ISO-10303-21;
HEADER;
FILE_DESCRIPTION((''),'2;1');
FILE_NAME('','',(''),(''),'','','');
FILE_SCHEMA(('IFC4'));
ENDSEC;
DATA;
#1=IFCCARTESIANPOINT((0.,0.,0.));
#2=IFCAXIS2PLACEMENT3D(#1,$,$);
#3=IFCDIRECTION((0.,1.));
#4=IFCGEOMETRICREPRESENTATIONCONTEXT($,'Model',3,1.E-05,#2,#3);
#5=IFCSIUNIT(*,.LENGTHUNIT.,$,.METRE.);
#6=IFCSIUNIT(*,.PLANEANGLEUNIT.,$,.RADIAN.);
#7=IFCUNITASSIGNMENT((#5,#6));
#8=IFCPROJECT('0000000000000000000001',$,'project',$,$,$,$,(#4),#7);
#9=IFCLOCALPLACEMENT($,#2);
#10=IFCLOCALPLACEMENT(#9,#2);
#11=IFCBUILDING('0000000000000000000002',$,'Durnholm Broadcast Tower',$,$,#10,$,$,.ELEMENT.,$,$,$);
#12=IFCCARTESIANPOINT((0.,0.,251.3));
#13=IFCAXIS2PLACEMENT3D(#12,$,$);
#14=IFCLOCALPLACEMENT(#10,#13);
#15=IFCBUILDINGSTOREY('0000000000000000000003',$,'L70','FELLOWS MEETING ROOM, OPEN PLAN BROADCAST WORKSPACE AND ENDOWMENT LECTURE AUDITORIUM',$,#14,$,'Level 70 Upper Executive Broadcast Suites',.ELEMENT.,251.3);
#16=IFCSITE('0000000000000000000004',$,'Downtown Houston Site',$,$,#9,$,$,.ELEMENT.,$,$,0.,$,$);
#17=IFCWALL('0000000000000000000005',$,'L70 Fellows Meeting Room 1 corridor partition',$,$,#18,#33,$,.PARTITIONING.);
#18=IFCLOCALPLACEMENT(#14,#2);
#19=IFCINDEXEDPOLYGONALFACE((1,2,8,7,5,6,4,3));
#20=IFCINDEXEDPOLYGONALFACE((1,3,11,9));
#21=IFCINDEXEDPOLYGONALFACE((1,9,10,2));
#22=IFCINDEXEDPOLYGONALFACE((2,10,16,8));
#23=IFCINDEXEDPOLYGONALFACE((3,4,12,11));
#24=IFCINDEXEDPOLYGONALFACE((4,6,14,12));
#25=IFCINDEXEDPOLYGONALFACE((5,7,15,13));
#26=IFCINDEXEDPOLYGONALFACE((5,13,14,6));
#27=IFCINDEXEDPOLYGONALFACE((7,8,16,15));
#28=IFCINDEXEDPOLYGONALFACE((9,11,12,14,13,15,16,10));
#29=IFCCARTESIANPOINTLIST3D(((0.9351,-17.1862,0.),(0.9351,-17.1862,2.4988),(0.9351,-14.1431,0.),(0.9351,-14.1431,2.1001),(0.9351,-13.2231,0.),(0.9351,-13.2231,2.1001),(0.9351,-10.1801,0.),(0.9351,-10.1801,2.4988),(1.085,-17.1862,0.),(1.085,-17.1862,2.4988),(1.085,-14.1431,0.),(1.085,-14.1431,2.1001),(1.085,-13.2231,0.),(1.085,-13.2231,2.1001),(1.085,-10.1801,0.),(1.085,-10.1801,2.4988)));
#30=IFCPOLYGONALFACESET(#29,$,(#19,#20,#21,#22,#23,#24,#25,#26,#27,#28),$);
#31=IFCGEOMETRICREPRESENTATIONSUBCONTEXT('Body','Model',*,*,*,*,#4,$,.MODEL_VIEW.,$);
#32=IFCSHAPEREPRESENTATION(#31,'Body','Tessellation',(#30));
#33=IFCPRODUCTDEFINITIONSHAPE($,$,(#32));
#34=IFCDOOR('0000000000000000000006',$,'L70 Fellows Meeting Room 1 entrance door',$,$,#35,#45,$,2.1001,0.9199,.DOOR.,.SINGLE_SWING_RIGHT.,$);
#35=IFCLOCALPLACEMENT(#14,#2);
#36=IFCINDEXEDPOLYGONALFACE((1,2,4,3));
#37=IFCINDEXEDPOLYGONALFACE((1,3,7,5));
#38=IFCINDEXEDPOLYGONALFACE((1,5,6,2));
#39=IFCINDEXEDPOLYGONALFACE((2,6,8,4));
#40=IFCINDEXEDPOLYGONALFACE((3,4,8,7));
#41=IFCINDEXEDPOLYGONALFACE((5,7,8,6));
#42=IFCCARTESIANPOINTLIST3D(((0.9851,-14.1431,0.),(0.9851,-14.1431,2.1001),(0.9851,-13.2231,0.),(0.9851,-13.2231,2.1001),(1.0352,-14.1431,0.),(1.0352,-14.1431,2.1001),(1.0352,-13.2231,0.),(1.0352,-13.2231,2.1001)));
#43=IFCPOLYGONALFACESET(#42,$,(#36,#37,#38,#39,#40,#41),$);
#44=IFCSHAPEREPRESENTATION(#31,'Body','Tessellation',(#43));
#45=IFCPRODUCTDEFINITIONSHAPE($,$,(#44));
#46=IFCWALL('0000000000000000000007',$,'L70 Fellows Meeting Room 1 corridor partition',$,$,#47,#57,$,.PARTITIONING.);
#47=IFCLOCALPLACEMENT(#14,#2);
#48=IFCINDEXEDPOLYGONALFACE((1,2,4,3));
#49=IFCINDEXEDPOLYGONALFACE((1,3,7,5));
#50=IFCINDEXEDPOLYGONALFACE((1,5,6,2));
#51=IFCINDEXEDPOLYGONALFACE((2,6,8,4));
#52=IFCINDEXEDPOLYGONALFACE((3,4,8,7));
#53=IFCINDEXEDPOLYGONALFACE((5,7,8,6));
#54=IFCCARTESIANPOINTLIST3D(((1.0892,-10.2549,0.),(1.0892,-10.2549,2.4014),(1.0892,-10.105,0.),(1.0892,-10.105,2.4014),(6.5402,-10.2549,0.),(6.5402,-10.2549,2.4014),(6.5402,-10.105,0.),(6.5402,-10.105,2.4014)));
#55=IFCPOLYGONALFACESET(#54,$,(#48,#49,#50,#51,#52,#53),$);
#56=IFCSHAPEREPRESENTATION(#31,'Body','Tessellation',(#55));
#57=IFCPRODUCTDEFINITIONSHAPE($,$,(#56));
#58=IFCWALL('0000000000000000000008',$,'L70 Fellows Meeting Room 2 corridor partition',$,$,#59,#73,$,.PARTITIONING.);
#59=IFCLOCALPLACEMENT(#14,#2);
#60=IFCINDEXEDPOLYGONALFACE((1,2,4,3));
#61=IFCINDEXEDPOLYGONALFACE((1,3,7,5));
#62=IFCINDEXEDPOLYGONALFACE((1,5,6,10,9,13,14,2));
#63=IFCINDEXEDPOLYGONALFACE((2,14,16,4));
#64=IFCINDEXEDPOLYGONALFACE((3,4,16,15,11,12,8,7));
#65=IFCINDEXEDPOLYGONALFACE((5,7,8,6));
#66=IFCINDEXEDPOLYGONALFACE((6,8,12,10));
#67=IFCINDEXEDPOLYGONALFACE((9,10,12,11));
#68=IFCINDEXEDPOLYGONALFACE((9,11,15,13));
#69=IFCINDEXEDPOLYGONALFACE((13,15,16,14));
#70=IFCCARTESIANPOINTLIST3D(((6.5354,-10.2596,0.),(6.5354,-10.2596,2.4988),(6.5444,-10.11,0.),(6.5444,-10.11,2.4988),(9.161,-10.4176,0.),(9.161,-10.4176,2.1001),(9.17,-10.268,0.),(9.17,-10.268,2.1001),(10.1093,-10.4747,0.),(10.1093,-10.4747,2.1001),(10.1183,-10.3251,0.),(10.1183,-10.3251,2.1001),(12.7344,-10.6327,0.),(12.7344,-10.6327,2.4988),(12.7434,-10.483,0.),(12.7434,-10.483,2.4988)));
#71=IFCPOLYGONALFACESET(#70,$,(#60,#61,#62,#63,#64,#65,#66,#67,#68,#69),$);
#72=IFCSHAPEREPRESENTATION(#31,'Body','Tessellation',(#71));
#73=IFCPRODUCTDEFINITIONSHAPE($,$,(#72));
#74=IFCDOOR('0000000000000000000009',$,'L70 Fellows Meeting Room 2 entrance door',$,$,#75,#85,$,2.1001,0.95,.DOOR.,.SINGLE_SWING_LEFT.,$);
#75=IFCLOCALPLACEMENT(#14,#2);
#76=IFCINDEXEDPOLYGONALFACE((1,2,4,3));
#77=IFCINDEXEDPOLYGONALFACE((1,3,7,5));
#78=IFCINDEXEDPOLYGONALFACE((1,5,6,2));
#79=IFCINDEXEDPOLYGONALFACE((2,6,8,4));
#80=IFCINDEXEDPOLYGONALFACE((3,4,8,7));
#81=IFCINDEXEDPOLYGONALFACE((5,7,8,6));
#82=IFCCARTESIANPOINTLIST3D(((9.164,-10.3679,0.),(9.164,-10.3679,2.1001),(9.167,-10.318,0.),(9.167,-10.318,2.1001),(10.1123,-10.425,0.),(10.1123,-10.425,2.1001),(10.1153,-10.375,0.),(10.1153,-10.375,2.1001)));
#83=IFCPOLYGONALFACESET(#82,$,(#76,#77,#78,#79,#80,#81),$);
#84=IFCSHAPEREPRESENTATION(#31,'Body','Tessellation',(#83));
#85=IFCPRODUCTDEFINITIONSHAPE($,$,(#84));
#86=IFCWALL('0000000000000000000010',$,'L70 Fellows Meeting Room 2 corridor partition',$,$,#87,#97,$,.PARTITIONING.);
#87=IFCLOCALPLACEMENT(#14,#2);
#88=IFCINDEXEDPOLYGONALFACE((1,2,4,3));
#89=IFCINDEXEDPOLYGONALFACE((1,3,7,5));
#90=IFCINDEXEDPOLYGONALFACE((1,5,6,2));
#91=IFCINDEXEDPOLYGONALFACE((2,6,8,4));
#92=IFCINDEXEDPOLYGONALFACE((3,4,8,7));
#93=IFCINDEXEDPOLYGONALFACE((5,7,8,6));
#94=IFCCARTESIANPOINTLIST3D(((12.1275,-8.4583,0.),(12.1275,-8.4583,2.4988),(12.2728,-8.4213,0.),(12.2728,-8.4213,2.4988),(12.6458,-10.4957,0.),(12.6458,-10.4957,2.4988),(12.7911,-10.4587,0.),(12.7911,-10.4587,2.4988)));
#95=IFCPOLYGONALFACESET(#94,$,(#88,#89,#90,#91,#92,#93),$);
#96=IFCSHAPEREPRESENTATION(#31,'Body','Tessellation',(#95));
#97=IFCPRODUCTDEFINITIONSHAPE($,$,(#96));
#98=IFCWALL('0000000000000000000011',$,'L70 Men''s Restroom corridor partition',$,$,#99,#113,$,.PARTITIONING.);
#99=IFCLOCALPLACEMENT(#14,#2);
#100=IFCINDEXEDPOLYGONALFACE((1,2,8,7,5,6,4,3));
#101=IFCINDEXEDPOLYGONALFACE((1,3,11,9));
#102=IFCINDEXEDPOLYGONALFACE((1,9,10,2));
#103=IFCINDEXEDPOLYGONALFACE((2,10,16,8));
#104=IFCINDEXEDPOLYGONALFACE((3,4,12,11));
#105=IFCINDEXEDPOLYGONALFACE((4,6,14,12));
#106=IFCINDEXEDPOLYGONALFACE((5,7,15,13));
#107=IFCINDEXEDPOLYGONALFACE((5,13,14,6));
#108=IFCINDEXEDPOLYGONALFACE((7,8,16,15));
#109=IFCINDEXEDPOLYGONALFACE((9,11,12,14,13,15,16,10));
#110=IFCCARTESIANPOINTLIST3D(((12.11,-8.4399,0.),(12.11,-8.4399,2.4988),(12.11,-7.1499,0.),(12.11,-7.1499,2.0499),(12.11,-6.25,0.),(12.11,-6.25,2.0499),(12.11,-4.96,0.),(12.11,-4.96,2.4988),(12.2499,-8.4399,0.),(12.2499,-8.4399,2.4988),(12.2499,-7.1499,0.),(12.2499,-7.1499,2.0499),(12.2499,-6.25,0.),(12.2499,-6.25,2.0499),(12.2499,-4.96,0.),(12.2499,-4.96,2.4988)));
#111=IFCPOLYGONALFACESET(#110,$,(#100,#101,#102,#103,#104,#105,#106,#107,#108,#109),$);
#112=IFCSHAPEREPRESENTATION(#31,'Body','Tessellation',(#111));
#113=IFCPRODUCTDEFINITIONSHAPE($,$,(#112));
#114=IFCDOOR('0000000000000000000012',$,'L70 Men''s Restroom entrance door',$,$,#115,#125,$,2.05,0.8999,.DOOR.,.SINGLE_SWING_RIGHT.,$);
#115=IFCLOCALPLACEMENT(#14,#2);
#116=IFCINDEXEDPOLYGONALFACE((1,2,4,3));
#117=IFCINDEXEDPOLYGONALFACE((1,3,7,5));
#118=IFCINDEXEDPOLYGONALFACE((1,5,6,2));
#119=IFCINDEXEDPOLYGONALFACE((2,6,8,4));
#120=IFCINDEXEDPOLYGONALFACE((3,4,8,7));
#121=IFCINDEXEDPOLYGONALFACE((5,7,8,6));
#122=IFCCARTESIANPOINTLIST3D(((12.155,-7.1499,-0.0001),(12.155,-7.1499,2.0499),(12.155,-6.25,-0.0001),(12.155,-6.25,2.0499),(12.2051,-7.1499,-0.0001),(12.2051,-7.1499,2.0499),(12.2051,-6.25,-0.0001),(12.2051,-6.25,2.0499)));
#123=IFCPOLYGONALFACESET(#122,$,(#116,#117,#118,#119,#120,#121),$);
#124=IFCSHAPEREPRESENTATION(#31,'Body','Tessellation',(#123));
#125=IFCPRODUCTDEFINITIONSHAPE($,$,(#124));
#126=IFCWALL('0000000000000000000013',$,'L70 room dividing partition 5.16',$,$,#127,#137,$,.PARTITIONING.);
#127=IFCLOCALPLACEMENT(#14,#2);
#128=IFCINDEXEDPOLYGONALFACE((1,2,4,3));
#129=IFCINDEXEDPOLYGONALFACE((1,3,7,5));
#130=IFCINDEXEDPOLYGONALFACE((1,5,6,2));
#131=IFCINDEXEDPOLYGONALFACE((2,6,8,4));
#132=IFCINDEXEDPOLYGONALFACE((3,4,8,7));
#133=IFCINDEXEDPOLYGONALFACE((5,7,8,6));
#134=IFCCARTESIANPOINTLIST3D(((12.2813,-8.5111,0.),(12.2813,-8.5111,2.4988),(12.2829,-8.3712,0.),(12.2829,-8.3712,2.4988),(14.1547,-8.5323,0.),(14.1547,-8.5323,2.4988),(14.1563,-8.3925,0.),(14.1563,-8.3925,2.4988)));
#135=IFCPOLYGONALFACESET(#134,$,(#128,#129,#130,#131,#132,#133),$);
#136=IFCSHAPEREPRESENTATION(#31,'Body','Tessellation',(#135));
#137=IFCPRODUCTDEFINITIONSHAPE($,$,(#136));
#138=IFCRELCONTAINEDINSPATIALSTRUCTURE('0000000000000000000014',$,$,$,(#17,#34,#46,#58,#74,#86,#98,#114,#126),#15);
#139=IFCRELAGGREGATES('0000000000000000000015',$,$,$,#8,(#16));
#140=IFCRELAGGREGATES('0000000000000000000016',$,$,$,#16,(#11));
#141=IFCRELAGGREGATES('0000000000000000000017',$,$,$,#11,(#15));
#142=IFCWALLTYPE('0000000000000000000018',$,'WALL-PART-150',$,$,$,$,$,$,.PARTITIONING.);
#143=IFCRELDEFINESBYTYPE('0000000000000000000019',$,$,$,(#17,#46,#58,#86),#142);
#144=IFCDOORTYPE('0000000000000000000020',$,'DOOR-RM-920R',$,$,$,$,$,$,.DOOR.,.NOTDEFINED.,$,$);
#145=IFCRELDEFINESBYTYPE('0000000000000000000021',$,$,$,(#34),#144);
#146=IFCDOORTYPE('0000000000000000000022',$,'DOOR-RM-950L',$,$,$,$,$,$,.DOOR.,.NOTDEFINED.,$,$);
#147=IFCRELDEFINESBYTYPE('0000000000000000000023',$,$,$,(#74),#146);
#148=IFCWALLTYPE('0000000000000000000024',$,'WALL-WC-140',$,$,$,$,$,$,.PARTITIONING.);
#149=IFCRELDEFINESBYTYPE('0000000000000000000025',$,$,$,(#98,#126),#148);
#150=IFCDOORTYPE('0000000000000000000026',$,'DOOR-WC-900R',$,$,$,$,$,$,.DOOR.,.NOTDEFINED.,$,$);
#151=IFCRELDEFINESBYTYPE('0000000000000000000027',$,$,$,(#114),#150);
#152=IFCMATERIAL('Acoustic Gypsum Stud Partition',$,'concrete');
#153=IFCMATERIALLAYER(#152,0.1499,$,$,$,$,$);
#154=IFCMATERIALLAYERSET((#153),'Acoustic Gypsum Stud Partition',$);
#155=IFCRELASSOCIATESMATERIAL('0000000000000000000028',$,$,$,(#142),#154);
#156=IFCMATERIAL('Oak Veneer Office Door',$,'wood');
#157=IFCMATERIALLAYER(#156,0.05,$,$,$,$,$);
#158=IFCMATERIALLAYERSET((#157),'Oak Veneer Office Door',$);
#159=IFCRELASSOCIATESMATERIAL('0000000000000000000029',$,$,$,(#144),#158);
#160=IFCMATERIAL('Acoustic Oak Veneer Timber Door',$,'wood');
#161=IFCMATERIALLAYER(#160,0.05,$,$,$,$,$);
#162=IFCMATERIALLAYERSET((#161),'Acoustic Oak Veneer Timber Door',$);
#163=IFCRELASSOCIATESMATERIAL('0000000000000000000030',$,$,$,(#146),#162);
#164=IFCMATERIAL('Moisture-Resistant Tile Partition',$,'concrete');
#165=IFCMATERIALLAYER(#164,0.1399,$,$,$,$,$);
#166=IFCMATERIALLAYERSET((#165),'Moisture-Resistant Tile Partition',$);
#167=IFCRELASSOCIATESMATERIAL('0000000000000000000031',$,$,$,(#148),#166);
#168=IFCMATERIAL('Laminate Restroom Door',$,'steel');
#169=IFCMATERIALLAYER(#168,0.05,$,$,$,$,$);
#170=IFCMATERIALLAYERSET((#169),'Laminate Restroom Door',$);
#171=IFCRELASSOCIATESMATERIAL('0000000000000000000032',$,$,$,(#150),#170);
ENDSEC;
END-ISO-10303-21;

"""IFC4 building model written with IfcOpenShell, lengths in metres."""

from ifc_helpers import new_model, si_unit, direction, frame, frame_2d, origin, place, context, subcontext, project, spatial, rectangle, extrude, source, transform, mapped, material, layer, layer_set, type_object, type_shapes, element, fill, save


model = new_model("IFC4")

# Units and contexts
model_context = context("Model", 3, precision=1e-05, world=origin(), true_north=direction((0.0, 1.0)))
body_context = subcontext(model_context, "Body", "Model", "MODEL_VIEW")
ifc_project = project(units=[si_unit("LENGTHUNIT", "METRE"), si_unit("PLANEANGLEUNIT", "RADIAN")], contexts=[model_context])

# Site, building, storey
site_placement = place(None, origin())
site = spatial("IfcSite", under=ifc_project, at=site_placement, Name="Downtown Houston Site", CompositionType="ELEMENT", RefElevation=0.0)
building_placement = place(site_placement, origin())
building = spatial("IfcBuilding", under=site, at=building_placement, Name="Durnholm Broadcast Tower", CompositionType="ELEMENT")
storey_placement = place(building_placement, frame((0.0, 0.0, 251.3)))
storey = spatial("IfcBuildingStorey", under=building, at=storey_placement, Name="L70", Description="FELLOWS MEETING ROOM, OPEN PLAN BROADCAST WORKSPACE AND ENDOWMENT LECTURE AUDITORIUM", LongName="Level 70 Upper Executive Broadcast Suites", CompositionType="ELEMENT", Elevation=251.3)

# Wall, opening, door
ifc_material_1 = material(Name="Acoustic Gypsum Stud Partition", Category="concrete")
ifc_layer_1 = layer(ifc_material_1, 0.1499)
ifc_layer_set_1 = layer_set([ifc_layer_1], Name="Acoustic Gypsum Stud Partition")
wall_type_1 = type_object("IfcWallType", Name="WALL-PART-150", PredefinedType="PARTITIONING", material=ifc_layer_set_1)
wall_1_placement = place(storey_placement, frame((1.01, -17.186, 0.0), z_axis=(0.0, 0.0, 1.0), x_axis=(0.0, 1.0, 0.0)))
wall_1 = element("IfcWall", 1, at=wall_1_placement, inside=storey, type_object=wall_type_1, Name="L70 Fellows Meeting Room 1 corridor partition", PredefinedType="PARTITIONING", context=body_context, shape_type="SweptSolid", body=[
    extrude(rectangle(XDim=7.0061, YDim=0.1499, at=frame_2d((3.5029, 0.0))), origin(), (0.0, 0.0, 1.0), 2.4988),
])
opening_1_placement = place(wall_1_placement, frame((3.043, 0.0, 0.0)))
opening_1 = element("IfcOpeningElement", 2, at=opening_1_placement, cuts=wall_1, PredefinedType="OPENING", context=body_context, shape_type="SweptSolid", body=[
    extrude(rectangle(XDim=0.9199, YDim=2.1001, at=frame_2d((0.46, 1.05))), frame((0.0, 0.085, 0.0), z_axis=(0.0, -1.0, 0.0), x_axis=(1.0, 0.0, 0.0)), (0.0, 0.0, 1.0), 0.1699),
])
ifc_material_2 = material(Name="Oak Veneer Office Door", Category="wood")
ifc_layer_2 = layer(ifc_material_2, 0.05)
ifc_layer_set_2 = layer_set([ifc_layer_2], Name="Oak Veneer Office Door")
door_type_1 = type_object("IfcDoorType", Name="DOOR-RM-920R", OperationType="NOTDEFINED", PredefinedType="DOOR", material=ifc_layer_set_2)
shared_shape_1 = source(origin(), body_context, "Body", "SweptSolid", [
    extrude(rectangle(XDim=0.9199, YDim=2.1001, at=frame_2d((0.46, 1.05))), frame((0.0, 0.0249, 0.0), z_axis=(0.0, -1.0, 0.0), x_axis=(1.0, 0.0, 0.0)), (0.0, 0.0, 1.0), 0.05),
])
type_shapes(door_type_1, [shared_shape_1])
door_1_placement = place(opening_1_placement, origin())
door_1 = element("IfcDoor", 3, at=door_1_placement, inside=storey, type_object=door_type_1, Name="L70 Fellows Meeting Room 1 entrance door", OperationType="SINGLE_SWING_RIGHT", OverallHeight=2.1001, OverallWidth=0.9199, PredefinedType="DOOR", context=body_context, shape_type="MappedRepresentation", body=[
    mapped(shared_shape_1, transform((0.0, 0.0, 0.0), x_axis=(1.0, 0.0, 0.0), y_axis=(0.0, 1.0, 0.0), z_axis=(0.0, 0.0, 1.0), scale=1.0)),
])
fill(opening_1, door_1)

# Wall
wall_2_placement = place(storey_placement, frame((1.0891, -10.1799, 0.0), z_axis=(0.0, 0.0, 1.0), x_axis=(1.0, 0.0, 0.0)))
element("IfcWall", 4, at=wall_2_placement, inside=storey, type_object=wall_type_1, Name="L70 Fellows Meeting Room 1 corridor partition", PredefinedType="PARTITIONING", context=body_context, shape_type="SweptSolid", body=[
    extrude(rectangle(XDim=5.4509, YDim=0.1499, at=frame_2d((2.7256, 0.0))), origin(), (0.0, 0.0, 1.0), 2.4014),
])

# Wall, opening, door
wall_3_placement = place(storey_placement, frame((6.54, -10.1848, 0.0), z_axis=(0.0, 0.0, 1.0), x_axis=(0.998194, -0.06007, 0.0)))
wall_3 = element("IfcWall", 5, at=wall_3_placement, inside=storey, type_object=wall_type_1, Name="L70 Fellows Meeting Room 2 corridor partition", PredefinedType="PARTITIONING", context=body_context, shape_type="SweptSolid", body=[
    extrude(rectangle(XDim=6.2102, YDim=0.1499, at=frame_2d((3.105, 0.0))), origin(), (0.0, 0.0, 1.0), 2.4988),
])
opening_2_placement = place(wall_3_placement, frame((2.6301, 0.0, 0.0)))
opening_2 = element("IfcOpeningElement", 6, at=opening_2_placement, cuts=wall_3, PredefinedType="OPENING", context=body_context, shape_type="SweptSolid", body=[
    extrude(rectangle(XDim=0.95, YDim=2.1001, at=frame_2d((0.4751, 1.05))), frame((0.0, 0.085, 0.0), z_axis=(0.0, -1.0, 0.0), x_axis=(1.0, 0.0, 0.0)), (0.0, 0.0, 1.0), 0.1699),
])
ifc_material_3 = material(Name="Acoustic Oak Veneer Timber Door", Category="wood")
ifc_layer_3 = layer(ifc_material_3, 0.05)
ifc_layer_set_3 = layer_set([ifc_layer_3], Name="Acoustic Oak Veneer Timber Door")
door_type_2 = type_object("IfcDoorType", Name="DOOR-RM-950L", OperationType="NOTDEFINED", PredefinedType="DOOR", material=ifc_layer_set_3)
shared_shape_2 = source(origin(), body_context, "Body", "SweptSolid", [
    extrude(rectangle(XDim=0.95, YDim=2.1001, at=frame_2d((0.4751, 1.05))), frame((0.0, 0.0249, 0.0), z_axis=(0.0, -1.0, 0.0), x_axis=(1.0, 0.0, 0.0)), (0.0, 0.0, 1.0), 0.05),
])
type_shapes(door_type_2, [shared_shape_2])
door_2_placement = place(opening_2_placement, origin())
door_2 = element("IfcDoor", 7, at=door_2_placement, inside=storey, type_object=door_type_2, Name="L70 Fellows Meeting Room 2 entrance door", OperationType="SINGLE_SWING_LEFT", OverallHeight=2.1001, OverallWidth=0.95, PredefinedType="DOOR", context=body_context, shape_type="MappedRepresentation", body=[
    mapped(shared_shape_2, transform((0.0, 0.0, 0.0), x_axis=(1.0, 0.0, 0.0), y_axis=(0.0, 1.0, 0.0), z_axis=(0.0, 0.0, 1.0), scale=1.0)),
])
fill(opening_2, door_2)

# Wall
wall_4_placement = place(storey_placement, frame((12.7185, -10.4773, 0.0), z_axis=(0.0, 0.0, 1.0), x_axis=(-0.24655, 0.96913, 0.0)))
element("IfcWall", 8, at=wall_4_placement, inside=storey, type_object=wall_type_1, Name="L70 Fellows Meeting Room 2 corridor partition", PredefinedType="PARTITIONING", context=body_context, shape_type="SweptSolid", body=[
    extrude(rectangle(XDim=2.1023, YDim=0.1499, at=frame_2d((1.0513, 0.0))), origin(), (0.0, 0.0, 1.0), 2.4988),
])

# Wall, opening, door
ifc_material_4 = material(Name="Moisture-Resistant Tile Partition", Category="concrete")
ifc_layer_4 = layer(ifc_material_4, 0.1399)
ifc_layer_set_4 = layer_set([ifc_layer_4], Name="Moisture-Resistant Tile Partition")
wall_type_2 = type_object("IfcWallType", Name="WALL-WC-140", PredefinedType="PARTITIONING", material=ifc_layer_set_4)
wall_5_placement = place(storey_placement, frame((12.1799, -8.4399, 0.0), z_axis=(0.0, 0.0, 1.0), x_axis=(0.0, 1.0, 0.0)))
wall_5 = element("IfcWall", 9, at=wall_5_placement, inside=storey, type_object=wall_type_2, Name="L70 Men's Restroom corridor partition", PredefinedType="PARTITIONING", context=body_context, shape_type="SweptSolid", body=[
    extrude(rectangle(XDim=3.48, YDim=0.1399, at=frame_2d((1.74, 0.0))), origin(), (0.0, 0.0, 1.0), 2.4988),
])
opening_3_placement = place(wall_5_placement, frame((1.29, 0.0, 0.0)))
opening_3 = element("IfcOpeningElement", 10, at=opening_3_placement, cuts=wall_5, PredefinedType="OPENING", context=body_context, shape_type="SweptSolid", body=[
    extrude(rectangle(XDim=0.8999, YDim=2.05, at=frame_2d((0.45, 1.0249))), frame((0.0, 0.0801, 0.0), z_axis=(0.0, -1.0, 0.0), x_axis=(1.0, 0.0, 0.0)), (0.0, 0.0, 1.0), 0.1599),
])
ifc_material_5 = material(Name="Laminate Restroom Door", Category="steel")
ifc_layer_5 = layer(ifc_material_5, 0.05)
ifc_layer_set_5 = layer_set([ifc_layer_5], Name="Laminate Restroom Door")
door_type_3 = type_object("IfcDoorType", Name="DOOR-WC-900R", OperationType="NOTDEFINED", PredefinedType="DOOR", material=ifc_layer_set_5)
shared_shape_3 = source(origin(), body_context, "Body", "SweptSolid", [
    extrude(rectangle(XDim=0.8999, YDim=2.05, at=frame_2d((0.45, 1.0249))), frame((0.0, 0.0249, 0.0), z_axis=(0.0, -1.0, 0.0), x_axis=(1.0, 0.0, 0.0)), (0.0, 0.0, 1.0), 0.05),
])
type_shapes(door_type_3, [shared_shape_3])
door_3_placement = place(opening_3_placement, origin())
door_3 = element("IfcDoor", 11, at=door_3_placement, inside=storey, type_object=door_type_3, Name="L70 Men's Restroom entrance door", OperationType="SINGLE_SWING_RIGHT", OverallHeight=2.05, OverallWidth=0.8999, PredefinedType="DOOR", context=body_context, shape_type="MappedRepresentation", body=[
    mapped(shared_shape_3, transform((0.0, 0.0, 0.0), x_axis=(1.0, 0.0, 0.0), y_axis=(0.0, 1.0, 0.0), z_axis=(0.0, 0.0, 1.0), scale=1.0)),
])
fill(opening_3, door_3)

# Wall
wall_6_placement = place(storey_placement, frame((14.1555, -8.4624, 0.0), z_axis=(0.0, 0.0, 1.0), x_axis=(-0.999936, 0.011336, 0.0)))
element("IfcWall", 12, at=wall_6_placement, inside=storey, type_object=wall_type_2, Name="L70 room dividing partition 5.16", PredefinedType="PARTITIONING", context=body_context, shape_type="SweptSolid", body=[
    extrude(rectangle(XDim=1.8735, YDim=0.1399, at=frame_2d((0.9368, 0.0))), origin(), (0.0, 0.0, 1.0), 2.4988),
])

save(model, "model.ifc")
